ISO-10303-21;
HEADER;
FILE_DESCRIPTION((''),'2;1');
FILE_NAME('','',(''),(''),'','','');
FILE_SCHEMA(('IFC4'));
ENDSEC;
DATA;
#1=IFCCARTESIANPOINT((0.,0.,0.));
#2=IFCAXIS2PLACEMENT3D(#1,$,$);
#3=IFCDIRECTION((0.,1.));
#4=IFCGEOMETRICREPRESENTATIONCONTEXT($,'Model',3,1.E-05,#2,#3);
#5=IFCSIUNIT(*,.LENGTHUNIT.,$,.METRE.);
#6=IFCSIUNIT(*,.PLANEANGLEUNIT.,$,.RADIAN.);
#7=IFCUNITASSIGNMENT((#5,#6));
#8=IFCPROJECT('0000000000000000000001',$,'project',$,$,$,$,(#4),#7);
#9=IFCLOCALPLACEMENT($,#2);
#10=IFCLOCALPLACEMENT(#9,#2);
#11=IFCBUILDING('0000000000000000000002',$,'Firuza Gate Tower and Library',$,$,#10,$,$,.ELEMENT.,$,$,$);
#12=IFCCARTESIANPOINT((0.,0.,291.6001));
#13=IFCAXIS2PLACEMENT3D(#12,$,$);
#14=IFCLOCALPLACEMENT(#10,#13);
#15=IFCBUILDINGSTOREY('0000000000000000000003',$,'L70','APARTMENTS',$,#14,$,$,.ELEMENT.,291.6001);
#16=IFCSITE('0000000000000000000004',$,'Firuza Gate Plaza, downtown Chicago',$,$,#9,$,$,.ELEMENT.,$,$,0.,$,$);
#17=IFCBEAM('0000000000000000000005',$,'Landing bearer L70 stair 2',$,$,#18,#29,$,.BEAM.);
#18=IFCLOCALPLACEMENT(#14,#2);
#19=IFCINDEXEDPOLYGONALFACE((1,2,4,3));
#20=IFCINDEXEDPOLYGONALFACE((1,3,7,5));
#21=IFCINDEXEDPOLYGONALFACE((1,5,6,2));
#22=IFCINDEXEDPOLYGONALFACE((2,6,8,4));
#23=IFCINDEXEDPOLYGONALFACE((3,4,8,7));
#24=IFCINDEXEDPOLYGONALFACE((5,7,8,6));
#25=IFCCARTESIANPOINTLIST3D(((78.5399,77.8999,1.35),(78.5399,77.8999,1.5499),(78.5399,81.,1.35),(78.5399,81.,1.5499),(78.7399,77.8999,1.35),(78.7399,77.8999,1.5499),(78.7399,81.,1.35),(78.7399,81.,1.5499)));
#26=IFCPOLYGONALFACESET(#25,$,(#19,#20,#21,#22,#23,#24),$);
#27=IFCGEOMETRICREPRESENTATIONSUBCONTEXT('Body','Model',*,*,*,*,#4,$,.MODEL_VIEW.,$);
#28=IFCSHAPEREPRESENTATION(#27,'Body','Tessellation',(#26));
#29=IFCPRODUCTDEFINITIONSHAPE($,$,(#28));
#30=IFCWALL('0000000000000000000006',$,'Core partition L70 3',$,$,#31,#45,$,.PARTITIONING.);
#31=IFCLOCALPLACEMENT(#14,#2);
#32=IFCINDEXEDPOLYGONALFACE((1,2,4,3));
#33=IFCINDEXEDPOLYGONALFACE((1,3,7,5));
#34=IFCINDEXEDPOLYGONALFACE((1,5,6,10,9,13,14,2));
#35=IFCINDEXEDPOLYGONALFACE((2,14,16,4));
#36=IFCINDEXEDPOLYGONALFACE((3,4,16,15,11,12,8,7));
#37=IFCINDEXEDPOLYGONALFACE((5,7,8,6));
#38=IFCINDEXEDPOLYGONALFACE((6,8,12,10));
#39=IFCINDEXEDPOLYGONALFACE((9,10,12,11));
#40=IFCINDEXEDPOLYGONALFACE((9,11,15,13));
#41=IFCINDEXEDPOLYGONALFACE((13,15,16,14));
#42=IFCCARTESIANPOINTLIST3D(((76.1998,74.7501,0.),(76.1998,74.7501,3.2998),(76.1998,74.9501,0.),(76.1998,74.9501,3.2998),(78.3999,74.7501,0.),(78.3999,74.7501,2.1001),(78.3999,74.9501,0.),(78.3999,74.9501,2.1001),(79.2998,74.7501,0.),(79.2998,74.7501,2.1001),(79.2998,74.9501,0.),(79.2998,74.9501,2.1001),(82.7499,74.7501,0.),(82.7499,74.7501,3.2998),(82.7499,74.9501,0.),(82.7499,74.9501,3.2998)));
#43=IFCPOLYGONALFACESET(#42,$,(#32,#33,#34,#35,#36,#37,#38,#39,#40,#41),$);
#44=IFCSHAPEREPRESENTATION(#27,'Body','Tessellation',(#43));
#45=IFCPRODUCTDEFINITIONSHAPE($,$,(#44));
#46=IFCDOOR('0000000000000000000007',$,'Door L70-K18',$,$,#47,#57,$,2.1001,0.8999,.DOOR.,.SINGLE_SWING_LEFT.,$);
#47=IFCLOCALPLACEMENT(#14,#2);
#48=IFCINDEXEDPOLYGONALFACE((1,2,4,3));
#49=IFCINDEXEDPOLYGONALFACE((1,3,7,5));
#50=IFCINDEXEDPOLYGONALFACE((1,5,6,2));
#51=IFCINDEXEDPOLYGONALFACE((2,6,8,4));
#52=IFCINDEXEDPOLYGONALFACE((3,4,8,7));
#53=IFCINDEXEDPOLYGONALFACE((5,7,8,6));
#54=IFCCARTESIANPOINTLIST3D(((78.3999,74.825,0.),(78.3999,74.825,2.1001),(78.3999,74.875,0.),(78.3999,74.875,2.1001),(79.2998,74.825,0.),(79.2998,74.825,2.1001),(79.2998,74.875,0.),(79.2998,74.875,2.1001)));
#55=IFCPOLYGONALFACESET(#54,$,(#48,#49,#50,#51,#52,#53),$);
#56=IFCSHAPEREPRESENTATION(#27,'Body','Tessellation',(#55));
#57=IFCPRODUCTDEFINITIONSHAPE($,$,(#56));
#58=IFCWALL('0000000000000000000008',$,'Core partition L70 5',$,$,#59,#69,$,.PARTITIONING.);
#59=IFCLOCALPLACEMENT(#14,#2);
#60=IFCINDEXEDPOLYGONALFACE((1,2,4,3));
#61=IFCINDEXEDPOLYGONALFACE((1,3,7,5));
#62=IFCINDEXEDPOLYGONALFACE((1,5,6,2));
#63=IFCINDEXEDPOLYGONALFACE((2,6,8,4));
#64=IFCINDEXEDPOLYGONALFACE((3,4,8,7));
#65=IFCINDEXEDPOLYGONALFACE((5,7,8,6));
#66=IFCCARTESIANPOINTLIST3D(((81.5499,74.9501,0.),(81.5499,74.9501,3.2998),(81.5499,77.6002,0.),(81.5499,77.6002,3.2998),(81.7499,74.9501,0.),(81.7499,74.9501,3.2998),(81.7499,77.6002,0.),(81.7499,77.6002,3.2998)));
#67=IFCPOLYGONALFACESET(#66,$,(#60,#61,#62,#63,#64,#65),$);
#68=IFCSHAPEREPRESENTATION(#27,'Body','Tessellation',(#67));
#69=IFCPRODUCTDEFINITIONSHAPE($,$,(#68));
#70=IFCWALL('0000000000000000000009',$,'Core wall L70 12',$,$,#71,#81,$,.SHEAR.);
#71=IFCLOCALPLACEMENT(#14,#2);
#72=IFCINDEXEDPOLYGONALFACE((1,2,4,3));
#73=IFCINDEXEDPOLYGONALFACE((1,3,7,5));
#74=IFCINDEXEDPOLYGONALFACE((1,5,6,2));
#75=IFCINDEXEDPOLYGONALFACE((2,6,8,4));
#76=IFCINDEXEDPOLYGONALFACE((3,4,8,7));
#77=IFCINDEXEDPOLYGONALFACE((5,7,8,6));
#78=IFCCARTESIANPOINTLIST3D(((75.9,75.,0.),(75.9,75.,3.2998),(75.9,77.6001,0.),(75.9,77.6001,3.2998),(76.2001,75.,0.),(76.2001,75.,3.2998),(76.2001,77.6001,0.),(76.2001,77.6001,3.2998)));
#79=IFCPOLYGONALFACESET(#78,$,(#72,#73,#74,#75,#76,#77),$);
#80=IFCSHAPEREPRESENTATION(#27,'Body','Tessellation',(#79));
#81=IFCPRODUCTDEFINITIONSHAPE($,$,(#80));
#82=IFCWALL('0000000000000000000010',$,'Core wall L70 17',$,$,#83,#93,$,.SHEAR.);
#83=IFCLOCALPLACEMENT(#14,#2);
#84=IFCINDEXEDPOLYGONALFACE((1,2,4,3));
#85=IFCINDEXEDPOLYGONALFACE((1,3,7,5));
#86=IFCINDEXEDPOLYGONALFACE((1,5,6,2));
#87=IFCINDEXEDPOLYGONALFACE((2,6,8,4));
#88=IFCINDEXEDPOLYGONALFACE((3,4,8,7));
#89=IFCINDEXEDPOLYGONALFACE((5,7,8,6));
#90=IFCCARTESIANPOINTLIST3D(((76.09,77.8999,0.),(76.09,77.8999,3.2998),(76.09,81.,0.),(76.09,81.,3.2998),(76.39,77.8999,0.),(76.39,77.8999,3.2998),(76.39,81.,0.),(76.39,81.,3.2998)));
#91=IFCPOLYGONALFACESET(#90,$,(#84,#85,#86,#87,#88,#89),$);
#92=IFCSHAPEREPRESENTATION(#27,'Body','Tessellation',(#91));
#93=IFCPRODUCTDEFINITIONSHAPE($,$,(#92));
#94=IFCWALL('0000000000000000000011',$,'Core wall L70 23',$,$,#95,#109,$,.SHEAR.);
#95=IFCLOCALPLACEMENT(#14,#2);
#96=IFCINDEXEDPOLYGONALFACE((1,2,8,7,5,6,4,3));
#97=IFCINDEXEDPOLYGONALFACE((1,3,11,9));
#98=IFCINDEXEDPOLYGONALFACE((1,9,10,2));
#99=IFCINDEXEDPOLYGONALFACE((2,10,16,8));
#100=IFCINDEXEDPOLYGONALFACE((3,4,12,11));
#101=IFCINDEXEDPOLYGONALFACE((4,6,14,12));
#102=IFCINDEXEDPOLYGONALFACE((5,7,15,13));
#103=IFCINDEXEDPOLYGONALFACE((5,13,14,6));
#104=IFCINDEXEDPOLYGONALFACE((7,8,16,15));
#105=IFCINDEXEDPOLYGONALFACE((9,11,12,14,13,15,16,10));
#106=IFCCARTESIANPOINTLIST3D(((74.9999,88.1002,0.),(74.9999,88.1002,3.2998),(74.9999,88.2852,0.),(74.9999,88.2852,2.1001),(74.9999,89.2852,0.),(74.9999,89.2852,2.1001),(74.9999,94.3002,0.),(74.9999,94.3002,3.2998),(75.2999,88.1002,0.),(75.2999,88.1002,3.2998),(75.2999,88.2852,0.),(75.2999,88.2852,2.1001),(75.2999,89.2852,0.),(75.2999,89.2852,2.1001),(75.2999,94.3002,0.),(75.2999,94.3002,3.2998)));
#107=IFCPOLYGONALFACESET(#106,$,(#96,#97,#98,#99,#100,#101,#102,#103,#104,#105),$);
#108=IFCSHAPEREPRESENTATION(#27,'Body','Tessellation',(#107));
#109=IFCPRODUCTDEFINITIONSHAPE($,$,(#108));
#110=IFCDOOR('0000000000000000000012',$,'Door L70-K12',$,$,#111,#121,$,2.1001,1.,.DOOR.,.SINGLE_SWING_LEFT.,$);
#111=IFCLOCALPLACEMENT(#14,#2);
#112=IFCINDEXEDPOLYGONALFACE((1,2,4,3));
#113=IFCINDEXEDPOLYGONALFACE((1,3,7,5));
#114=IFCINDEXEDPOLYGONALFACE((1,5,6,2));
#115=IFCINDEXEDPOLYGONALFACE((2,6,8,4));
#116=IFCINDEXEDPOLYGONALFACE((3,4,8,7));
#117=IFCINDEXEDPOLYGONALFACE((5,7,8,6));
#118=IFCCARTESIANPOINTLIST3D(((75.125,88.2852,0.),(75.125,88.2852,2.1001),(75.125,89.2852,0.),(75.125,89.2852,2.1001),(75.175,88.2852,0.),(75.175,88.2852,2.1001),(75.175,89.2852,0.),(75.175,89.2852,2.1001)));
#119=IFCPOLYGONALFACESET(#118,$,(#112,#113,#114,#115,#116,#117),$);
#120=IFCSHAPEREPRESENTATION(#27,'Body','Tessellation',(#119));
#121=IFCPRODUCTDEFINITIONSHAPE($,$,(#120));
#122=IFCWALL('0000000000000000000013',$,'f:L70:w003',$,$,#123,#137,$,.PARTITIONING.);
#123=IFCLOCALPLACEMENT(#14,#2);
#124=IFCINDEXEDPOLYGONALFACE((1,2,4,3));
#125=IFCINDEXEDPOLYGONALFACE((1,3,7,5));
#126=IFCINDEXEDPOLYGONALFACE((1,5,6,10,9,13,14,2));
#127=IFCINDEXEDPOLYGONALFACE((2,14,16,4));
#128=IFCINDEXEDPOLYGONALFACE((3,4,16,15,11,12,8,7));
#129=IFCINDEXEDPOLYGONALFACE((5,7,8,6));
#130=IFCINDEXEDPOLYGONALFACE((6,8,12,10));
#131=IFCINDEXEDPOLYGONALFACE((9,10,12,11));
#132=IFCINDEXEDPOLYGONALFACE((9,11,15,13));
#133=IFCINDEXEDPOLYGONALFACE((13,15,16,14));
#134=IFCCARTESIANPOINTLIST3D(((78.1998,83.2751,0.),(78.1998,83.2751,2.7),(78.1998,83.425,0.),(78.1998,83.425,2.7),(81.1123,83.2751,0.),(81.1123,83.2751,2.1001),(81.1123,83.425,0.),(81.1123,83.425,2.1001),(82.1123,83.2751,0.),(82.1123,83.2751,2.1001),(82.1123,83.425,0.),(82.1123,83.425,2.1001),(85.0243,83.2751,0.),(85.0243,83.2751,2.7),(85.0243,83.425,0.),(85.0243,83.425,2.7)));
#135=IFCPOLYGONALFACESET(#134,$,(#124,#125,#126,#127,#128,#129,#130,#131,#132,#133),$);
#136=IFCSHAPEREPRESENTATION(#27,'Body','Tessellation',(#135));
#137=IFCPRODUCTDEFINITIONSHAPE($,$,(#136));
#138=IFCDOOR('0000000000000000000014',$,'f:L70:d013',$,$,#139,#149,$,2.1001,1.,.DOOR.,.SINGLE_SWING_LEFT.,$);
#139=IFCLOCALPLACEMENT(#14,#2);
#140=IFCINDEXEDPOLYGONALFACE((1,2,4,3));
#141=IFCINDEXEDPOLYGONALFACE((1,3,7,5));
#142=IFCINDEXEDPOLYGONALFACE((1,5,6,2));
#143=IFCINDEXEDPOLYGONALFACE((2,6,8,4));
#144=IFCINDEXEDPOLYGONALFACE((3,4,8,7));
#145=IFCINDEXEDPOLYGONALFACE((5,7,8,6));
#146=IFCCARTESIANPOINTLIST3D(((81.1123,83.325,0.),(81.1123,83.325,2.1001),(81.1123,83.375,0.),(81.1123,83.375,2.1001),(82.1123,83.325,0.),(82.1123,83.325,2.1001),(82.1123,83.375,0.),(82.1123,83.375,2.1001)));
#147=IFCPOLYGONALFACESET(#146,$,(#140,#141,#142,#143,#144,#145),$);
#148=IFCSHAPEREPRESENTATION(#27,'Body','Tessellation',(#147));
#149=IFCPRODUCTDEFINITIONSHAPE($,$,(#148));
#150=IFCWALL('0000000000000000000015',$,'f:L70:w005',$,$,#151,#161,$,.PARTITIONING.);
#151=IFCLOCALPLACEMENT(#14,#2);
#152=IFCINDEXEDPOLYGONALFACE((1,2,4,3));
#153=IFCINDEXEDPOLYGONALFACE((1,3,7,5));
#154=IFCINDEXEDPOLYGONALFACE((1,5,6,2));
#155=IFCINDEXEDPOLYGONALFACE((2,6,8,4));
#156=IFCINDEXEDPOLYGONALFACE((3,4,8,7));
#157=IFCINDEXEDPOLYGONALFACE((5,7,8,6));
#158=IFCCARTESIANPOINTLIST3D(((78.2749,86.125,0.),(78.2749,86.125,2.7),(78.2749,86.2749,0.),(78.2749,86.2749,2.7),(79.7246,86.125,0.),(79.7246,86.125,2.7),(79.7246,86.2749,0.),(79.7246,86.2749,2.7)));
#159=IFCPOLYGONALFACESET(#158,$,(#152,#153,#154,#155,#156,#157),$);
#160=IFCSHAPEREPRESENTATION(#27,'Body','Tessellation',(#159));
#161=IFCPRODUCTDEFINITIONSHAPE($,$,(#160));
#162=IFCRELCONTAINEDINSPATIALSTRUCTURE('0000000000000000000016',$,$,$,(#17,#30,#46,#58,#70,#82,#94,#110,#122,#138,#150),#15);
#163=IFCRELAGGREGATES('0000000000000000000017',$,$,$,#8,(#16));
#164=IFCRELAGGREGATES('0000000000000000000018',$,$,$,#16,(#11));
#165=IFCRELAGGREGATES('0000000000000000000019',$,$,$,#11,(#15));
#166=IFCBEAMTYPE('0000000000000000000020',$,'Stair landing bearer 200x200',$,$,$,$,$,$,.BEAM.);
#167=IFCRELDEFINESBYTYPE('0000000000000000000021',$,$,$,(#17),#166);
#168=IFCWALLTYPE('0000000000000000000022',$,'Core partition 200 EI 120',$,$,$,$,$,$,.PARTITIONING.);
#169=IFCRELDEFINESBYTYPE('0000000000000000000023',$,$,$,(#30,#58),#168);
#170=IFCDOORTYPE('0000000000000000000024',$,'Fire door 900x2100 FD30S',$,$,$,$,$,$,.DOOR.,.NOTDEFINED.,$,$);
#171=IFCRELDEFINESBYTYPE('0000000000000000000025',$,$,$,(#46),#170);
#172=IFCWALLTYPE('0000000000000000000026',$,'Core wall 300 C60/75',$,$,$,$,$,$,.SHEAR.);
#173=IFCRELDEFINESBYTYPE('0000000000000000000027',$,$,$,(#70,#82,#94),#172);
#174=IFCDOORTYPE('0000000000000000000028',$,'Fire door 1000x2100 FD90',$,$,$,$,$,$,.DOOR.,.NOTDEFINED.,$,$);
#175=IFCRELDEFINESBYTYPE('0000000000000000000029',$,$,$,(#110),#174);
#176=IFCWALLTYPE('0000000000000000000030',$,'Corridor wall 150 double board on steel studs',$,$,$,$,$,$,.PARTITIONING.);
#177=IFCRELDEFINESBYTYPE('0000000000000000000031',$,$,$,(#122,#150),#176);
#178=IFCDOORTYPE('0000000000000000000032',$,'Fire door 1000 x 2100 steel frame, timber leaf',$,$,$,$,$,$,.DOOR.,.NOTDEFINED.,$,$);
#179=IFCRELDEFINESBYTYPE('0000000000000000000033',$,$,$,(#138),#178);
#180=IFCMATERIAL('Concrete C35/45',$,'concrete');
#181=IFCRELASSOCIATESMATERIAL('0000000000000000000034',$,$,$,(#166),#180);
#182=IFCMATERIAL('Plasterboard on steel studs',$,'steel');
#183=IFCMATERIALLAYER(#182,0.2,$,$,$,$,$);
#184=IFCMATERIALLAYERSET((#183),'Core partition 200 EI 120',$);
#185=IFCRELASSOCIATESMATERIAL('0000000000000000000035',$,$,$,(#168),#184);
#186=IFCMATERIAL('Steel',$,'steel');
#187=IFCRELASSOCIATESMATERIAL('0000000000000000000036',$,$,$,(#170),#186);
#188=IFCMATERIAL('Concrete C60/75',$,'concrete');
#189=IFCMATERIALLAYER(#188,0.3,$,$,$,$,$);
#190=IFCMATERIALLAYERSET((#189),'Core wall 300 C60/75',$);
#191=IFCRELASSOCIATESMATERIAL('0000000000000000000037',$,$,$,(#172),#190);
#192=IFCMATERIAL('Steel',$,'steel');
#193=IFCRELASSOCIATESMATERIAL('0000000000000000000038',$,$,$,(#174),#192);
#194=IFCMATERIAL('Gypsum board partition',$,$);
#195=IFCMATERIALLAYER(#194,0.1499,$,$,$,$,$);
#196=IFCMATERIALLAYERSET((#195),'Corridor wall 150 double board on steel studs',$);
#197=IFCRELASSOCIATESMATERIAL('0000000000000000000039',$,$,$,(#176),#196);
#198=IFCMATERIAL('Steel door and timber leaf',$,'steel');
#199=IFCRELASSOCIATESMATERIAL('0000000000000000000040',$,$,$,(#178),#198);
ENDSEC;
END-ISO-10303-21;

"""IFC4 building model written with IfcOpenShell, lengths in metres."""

from ifc_helpers import new_model, si_unit, direction, frame, frame_2d, origin, origin_2d, place, context, subcontext, project, spatial, rectangle, extrude, material, layer, layer_set, material_profile, profile_set, type_object, element, fill, save


model = new_model("IFC4")

# Units and contexts
model_context = context("Model", 3, precision=1e-05, world=origin(), true_north=direction((0.0, 1.0)))
body_context = subcontext(model_context, "Body", "Model", "MODEL_VIEW")
ifc_project = project(units=[si_unit("LENGTHUNIT", "METRE"), si_unit("PLANEANGLEUNIT", "RADIAN")], contexts=[model_context])

# Site, building, storey
site_placement = place(None, origin())
site = spatial("IfcSite", under=ifc_project, at=site_placement, Name="Firuza Gate Plaza, downtown Chicago", CompositionType="ELEMENT", RefElevation=0.0)
building_placement = place(site_placement, origin())
building = spatial("IfcBuilding", under=site, at=building_placement, Name="Firuza Gate Tower and Library", CompositionType="ELEMENT")
storey_placement = place(building_placement, frame((0.0, 0.0, 291.6001)))
storey = spatial("IfcBuildingStorey", under=building, at=storey_placement, Name="L70", Description="APARTMENTS", CompositionType="ELEMENT", Elevation=291.6001)

# Beam
ifc_material_1 = material(Name="Concrete C35/45", Category="concrete")
ifc_material_profile = material_profile(ifc_material_1, rectangle(XDim=0.2, YDim=0.2, at=origin_2d()))
ifc_profile_set = profile_set([ifc_material_profile], Name="Concrete C35/45")
beam_type = type_object("IfcBeamType", Name="Stair landing bearer 200x200", PredefinedType="BEAM", material=ifc_profile_set)
beam_placement = place(storey_placement, frame((78.6399, 81.0, 1.45), z_axis=(0.0, -1.0, 0.0), x_axis=(1.0, 0.0, 0.0)))
element("IfcBeam", 1, at=beam_placement, inside=storey, type_object=beam_type, Name="Landing bearer L70 stair 2", PredefinedType="BEAM", context=body_context, shape_type="SweptSolid", body=[
    extrude(rectangle(XDim=0.2, YDim=0.2, at=origin_2d()), origin(), (0.0, 0.0, 1.0), 3.1001),
])

# Wall, opening, door
ifc_material_2 = material(Name="Plasterboard on steel studs", Category="steel")
ifc_layer_1 = layer(ifc_material_2, 0.2)
ifc_layer_set_1 = layer_set([ifc_layer_1], Name="Core partition 200 EI 120")
wall_type_1 = type_object("IfcWallType", Name="Core partition 200 EI 120", PredefinedType="PARTITIONING", material=ifc_layer_set_1)
wall_1_placement = place(storey_placement, frame((76.2, 74.8501, 0.0), z_axis=(0.0, 0.0, 1.0), x_axis=(1.0, 0.0, 0.0)))
wall_1 = element("IfcWall", 2, at=wall_1_placement, inside=storey, type_object=wall_type_1, Name="Core partition L70 3", PredefinedType="PARTITIONING", context=body_context, shape_type="SweptSolid", body=[
    extrude(rectangle(XDim=6.55, YDim=0.2, at=frame_2d((3.2749, 0.0))), origin(), (0.0, 0.0, 1.0), 3.2998),
])
opening_1_placement = place(wall_1_placement, frame((2.2, 0.0, 0.0)))
opening_1 = element("IfcOpeningElement", 3, at=opening_1_placement, cuts=wall_1, PredefinedType="OPENING", context=body_context, shape_type="SweptSolid", body=[
    extrude(rectangle(XDim=0.8999, YDim=2.1001, at=frame_2d((0.45, 1.05))), frame((0.0, 0.1099, 0.0), z_axis=(0.0, -1.0, 0.0), x_axis=(1.0, 0.0, 0.0)), (0.0, 0.0, 1.0), 0.22),
])
ifc_material_3 = material(Name="Steel", Category="steel")
door_type_1 = type_object("IfcDoorType", Name="Fire door 900x2100 FD30S", OperationType="NOTDEFINED", PredefinedType="DOOR", material=ifc_material_3)
door_1_placement = place(opening_1_placement, origin())
door_1 = element("IfcDoor", 4, at=door_1_placement, inside=storey, type_object=door_type_1, Name="Door L70-K18", OperationType="SINGLE_SWING_LEFT", OverallHeight=2.1001, OverallWidth=0.8999, PredefinedType="DOOR", context=body_context, shape_type="SweptSolid", body=[
    extrude(rectangle(XDim=0.8999, YDim=2.1001, at=frame_2d((0.45, 1.05))), frame((0.0, 0.0249, 0.0), z_axis=(0.0, -1.0, 0.0), x_axis=(1.0, 0.0, 0.0)), (0.0, 0.0, 1.0), 0.05),
])
fill(opening_1, door_1)

# Walls
wall_2_placement = place(storey_placement, frame((81.6499, 74.95, 0.0), z_axis=(0.0, 0.0, 1.0), x_axis=(0.0, 1.0, 0.0)))
element("IfcWall", 5, at=wall_2_placement, inside=storey, type_object=wall_type_1, Name="Core partition L70 5", PredefinedType="PARTITIONING", context=body_context, shape_type="SweptSolid", body=[
    extrude(rectangle(XDim=2.6501, YDim=0.2, at=frame_2d((1.3252, 0.0))), origin(), (0.0, 0.0, 1.0), 3.2998),
])
ifc_material_4 = material(Name="Concrete C60/75", Category="concrete")
ifc_layer_2 = layer(ifc_material_4, 0.3)
ifc_layer_set_2 = layer_set([ifc_layer_2], Name="Core wall 300 C60/75")
wall_type_2 = type_object("IfcWallType", Name="Core wall 300 C60/75", PredefinedType="SHEAR", material=ifc_layer_set_2)
wall_3_placement = place(storey_placement, frame((76.05, 75.0, 0.0), z_axis=(0.0, 0.0, 1.0), x_axis=(0.0, 1.0, 0.0)))
element("IfcWall", 6, at=wall_3_placement, inside=storey, type_object=wall_type_2, Name="Core wall L70 12", PredefinedType="SHEAR", context=body_context, shape_type="SweptSolid", body=[
    extrude(rectangle(XDim=2.6001, YDim=0.3, at=frame_2d((1.3, 0.0))), origin(), (0.0, 0.0, 1.0), 3.2998),
])
wall_4_placement = place(storey_placement, frame((76.24, 77.8999, 0.0), z_axis=(0.0, 0.0, 1.0), x_axis=(0.0, 1.0, 0.0)))
element("IfcWall", 7, at=wall_4_placement, inside=storey, type_object=wall_type_2, Name="Core wall L70 17", PredefinedType="SHEAR", context=body_context, shape_type="SweptSolid", body=[
    extrude(rectangle(XDim=3.1001, YDim=0.3, at=frame_2d((1.55, 0.0))), origin(), (0.0, 0.0, 1.0), 3.2998),
])

# Walls, openings, doors
wall_5_placement = place(storey_placement, frame((75.1499, 88.1001, 0.0), z_axis=(0.0, 0.0, 1.0), x_axis=(0.0, 1.0, 0.0)))
wall_5 = element("IfcWall", 8, at=wall_5_placement, inside=storey, type_object=wall_type_2, Name="Core wall L70 23", PredefinedType="SHEAR", context=body_context, shape_type="SweptSolid", body=[
    extrude(rectangle(XDim=6.2, YDim=0.3, at=frame_2d((3.1001, 0.0))), origin(), (0.0, 0.0, 1.0), 3.2998),
])
opening_2_placement = place(wall_5_placement, frame((0.1851, 0.0, 0.0)))
opening_2 = element("IfcOpeningElement", 9, at=opening_2_placement, cuts=wall_5, PredefinedType="OPENING", context=body_context, shape_type="SweptSolid", body=[
    extrude(rectangle(XDim=1.0, YDim=2.1001, at=frame_2d((0.5, 1.05))), frame((0.0, 0.1602, 0.0), z_axis=(0.0, -1.0, 0.0), x_axis=(1.0, 0.0, 0.0)), (0.0, 0.0, 1.0), 0.3201),
])
ifc_material_5 = material(Name="Steel", Category="steel")
door_type_2 = type_object("IfcDoorType", Name="Fire door 1000x2100 FD90", OperationType="NOTDEFINED", PredefinedType="DOOR", material=ifc_material_5)
door_2_placement = place(opening_2_placement, origin())
door_2 = element("IfcDoor", 10, at=door_2_placement, inside=storey, type_object=door_type_2, Name="Door L70-K12", OperationType="SINGLE_SWING_LEFT", OverallHeight=2.1001, OverallWidth=1.0, PredefinedType="DOOR", context=body_context, shape_type="SweptSolid", body=[
    extrude(rectangle(XDim=1.0, YDim=2.1001, at=frame_2d((0.5, 1.05))), frame((0.0, 0.0249, 0.0), z_axis=(0.0, -1.0, 0.0), x_axis=(1.0, 0.0, 0.0)), (0.0, 0.0, 1.0), 0.05),
])
fill(opening_2, door_2)
ifc_material_6 = material(Name="Gypsum board partition")
ifc_layer_3 = layer(ifc_material_6, 0.1499)
ifc_layer_set_3 = layer_set([ifc_layer_3], Name="Corridor wall 150 double board on steel studs")
wall_type_3 = type_object("IfcWallType", Name="Corridor wall 150 double board on steel studs", PredefinedType="PARTITIONING", material=ifc_layer_set_3)
wall_6_placement = place(storey_placement, frame((78.2, 83.3501, 0.0), z_axis=(0.0, 0.0, 1.0), x_axis=(1.0, 0.0, 0.0)))
wall_6 = element("IfcWall", 11, at=wall_6_placement, inside=storey, type_object=wall_type_3, Name="f:L70:w003", PredefinedType="PARTITIONING", context=body_context, shape_type="SweptSolid", body=[
    extrude(rectangle(XDim=6.8245, YDim=0.1499, at=frame_2d((3.4121, 0.0))), origin(), (0.0, 0.0, 1.0), 2.7),
])
opening_3_placement = place(wall_6_placement, frame((2.9124, 0.0, 0.0)))
opening_3 = element("IfcOpeningElement", 12, at=opening_3_placement, cuts=wall_6, PredefinedType="OPENING", context=body_context, shape_type="SweptSolid", body=[
    extrude(rectangle(XDim=1.0, YDim=2.1001, at=frame_2d((0.5, 1.05))), frame((0.0, 0.085, 0.0), z_axis=(0.0, -1.0, 0.0), x_axis=(1.0, 0.0, 0.0)), (0.0, 0.0, 1.0), 0.1699),
])
ifc_material_7 = material(Name="Steel door and timber leaf", Category="steel")
door_type_3 = type_object("IfcDoorType", Name="Fire door 1000 x 2100 steel frame, timber leaf", OperationType="NOTDEFINED", PredefinedType="DOOR", material=ifc_material_7)
door_3_placement = place(opening_3_placement, origin())
door_3 = element("IfcDoor", 13, at=door_3_placement, inside=storey, type_object=door_type_3, Name="f:L70:d013", OperationType="SINGLE_SWING_LEFT", OverallHeight=2.1001, OverallWidth=1.0, PredefinedType="DOOR", context=body_context, shape_type="SweptSolid", body=[
    extrude(rectangle(XDim=1.0, YDim=2.1001, at=frame_2d((0.5, 1.05))), frame((0.0, 0.0249, 0.0), z_axis=(0.0, -1.0, 0.0), x_axis=(1.0, 0.0, 0.0)), (0.0, 0.0, 1.0), 0.05),
])
fill(opening_3, door_3)

# Wall
wall_7_placement = place(storey_placement, frame((78.2749, 86.2, 0.0), z_axis=(0.0, 0.0, 1.0), x_axis=(1.0, 0.0, 0.0)))
element("IfcWall", 14, at=wall_7_placement, inside=storey, type_object=wall_type_3, Name="f:L70:w005", PredefinedType="PARTITIONING", context=body_context, shape_type="SweptSolid", body=[
    extrude(rectangle(XDim=1.4497, YDim=0.1499, at=frame_2d((0.7249, 0.0))), origin(), (0.0, 0.0, 1.0), 2.7),
])

save(model, "model.ifc")
